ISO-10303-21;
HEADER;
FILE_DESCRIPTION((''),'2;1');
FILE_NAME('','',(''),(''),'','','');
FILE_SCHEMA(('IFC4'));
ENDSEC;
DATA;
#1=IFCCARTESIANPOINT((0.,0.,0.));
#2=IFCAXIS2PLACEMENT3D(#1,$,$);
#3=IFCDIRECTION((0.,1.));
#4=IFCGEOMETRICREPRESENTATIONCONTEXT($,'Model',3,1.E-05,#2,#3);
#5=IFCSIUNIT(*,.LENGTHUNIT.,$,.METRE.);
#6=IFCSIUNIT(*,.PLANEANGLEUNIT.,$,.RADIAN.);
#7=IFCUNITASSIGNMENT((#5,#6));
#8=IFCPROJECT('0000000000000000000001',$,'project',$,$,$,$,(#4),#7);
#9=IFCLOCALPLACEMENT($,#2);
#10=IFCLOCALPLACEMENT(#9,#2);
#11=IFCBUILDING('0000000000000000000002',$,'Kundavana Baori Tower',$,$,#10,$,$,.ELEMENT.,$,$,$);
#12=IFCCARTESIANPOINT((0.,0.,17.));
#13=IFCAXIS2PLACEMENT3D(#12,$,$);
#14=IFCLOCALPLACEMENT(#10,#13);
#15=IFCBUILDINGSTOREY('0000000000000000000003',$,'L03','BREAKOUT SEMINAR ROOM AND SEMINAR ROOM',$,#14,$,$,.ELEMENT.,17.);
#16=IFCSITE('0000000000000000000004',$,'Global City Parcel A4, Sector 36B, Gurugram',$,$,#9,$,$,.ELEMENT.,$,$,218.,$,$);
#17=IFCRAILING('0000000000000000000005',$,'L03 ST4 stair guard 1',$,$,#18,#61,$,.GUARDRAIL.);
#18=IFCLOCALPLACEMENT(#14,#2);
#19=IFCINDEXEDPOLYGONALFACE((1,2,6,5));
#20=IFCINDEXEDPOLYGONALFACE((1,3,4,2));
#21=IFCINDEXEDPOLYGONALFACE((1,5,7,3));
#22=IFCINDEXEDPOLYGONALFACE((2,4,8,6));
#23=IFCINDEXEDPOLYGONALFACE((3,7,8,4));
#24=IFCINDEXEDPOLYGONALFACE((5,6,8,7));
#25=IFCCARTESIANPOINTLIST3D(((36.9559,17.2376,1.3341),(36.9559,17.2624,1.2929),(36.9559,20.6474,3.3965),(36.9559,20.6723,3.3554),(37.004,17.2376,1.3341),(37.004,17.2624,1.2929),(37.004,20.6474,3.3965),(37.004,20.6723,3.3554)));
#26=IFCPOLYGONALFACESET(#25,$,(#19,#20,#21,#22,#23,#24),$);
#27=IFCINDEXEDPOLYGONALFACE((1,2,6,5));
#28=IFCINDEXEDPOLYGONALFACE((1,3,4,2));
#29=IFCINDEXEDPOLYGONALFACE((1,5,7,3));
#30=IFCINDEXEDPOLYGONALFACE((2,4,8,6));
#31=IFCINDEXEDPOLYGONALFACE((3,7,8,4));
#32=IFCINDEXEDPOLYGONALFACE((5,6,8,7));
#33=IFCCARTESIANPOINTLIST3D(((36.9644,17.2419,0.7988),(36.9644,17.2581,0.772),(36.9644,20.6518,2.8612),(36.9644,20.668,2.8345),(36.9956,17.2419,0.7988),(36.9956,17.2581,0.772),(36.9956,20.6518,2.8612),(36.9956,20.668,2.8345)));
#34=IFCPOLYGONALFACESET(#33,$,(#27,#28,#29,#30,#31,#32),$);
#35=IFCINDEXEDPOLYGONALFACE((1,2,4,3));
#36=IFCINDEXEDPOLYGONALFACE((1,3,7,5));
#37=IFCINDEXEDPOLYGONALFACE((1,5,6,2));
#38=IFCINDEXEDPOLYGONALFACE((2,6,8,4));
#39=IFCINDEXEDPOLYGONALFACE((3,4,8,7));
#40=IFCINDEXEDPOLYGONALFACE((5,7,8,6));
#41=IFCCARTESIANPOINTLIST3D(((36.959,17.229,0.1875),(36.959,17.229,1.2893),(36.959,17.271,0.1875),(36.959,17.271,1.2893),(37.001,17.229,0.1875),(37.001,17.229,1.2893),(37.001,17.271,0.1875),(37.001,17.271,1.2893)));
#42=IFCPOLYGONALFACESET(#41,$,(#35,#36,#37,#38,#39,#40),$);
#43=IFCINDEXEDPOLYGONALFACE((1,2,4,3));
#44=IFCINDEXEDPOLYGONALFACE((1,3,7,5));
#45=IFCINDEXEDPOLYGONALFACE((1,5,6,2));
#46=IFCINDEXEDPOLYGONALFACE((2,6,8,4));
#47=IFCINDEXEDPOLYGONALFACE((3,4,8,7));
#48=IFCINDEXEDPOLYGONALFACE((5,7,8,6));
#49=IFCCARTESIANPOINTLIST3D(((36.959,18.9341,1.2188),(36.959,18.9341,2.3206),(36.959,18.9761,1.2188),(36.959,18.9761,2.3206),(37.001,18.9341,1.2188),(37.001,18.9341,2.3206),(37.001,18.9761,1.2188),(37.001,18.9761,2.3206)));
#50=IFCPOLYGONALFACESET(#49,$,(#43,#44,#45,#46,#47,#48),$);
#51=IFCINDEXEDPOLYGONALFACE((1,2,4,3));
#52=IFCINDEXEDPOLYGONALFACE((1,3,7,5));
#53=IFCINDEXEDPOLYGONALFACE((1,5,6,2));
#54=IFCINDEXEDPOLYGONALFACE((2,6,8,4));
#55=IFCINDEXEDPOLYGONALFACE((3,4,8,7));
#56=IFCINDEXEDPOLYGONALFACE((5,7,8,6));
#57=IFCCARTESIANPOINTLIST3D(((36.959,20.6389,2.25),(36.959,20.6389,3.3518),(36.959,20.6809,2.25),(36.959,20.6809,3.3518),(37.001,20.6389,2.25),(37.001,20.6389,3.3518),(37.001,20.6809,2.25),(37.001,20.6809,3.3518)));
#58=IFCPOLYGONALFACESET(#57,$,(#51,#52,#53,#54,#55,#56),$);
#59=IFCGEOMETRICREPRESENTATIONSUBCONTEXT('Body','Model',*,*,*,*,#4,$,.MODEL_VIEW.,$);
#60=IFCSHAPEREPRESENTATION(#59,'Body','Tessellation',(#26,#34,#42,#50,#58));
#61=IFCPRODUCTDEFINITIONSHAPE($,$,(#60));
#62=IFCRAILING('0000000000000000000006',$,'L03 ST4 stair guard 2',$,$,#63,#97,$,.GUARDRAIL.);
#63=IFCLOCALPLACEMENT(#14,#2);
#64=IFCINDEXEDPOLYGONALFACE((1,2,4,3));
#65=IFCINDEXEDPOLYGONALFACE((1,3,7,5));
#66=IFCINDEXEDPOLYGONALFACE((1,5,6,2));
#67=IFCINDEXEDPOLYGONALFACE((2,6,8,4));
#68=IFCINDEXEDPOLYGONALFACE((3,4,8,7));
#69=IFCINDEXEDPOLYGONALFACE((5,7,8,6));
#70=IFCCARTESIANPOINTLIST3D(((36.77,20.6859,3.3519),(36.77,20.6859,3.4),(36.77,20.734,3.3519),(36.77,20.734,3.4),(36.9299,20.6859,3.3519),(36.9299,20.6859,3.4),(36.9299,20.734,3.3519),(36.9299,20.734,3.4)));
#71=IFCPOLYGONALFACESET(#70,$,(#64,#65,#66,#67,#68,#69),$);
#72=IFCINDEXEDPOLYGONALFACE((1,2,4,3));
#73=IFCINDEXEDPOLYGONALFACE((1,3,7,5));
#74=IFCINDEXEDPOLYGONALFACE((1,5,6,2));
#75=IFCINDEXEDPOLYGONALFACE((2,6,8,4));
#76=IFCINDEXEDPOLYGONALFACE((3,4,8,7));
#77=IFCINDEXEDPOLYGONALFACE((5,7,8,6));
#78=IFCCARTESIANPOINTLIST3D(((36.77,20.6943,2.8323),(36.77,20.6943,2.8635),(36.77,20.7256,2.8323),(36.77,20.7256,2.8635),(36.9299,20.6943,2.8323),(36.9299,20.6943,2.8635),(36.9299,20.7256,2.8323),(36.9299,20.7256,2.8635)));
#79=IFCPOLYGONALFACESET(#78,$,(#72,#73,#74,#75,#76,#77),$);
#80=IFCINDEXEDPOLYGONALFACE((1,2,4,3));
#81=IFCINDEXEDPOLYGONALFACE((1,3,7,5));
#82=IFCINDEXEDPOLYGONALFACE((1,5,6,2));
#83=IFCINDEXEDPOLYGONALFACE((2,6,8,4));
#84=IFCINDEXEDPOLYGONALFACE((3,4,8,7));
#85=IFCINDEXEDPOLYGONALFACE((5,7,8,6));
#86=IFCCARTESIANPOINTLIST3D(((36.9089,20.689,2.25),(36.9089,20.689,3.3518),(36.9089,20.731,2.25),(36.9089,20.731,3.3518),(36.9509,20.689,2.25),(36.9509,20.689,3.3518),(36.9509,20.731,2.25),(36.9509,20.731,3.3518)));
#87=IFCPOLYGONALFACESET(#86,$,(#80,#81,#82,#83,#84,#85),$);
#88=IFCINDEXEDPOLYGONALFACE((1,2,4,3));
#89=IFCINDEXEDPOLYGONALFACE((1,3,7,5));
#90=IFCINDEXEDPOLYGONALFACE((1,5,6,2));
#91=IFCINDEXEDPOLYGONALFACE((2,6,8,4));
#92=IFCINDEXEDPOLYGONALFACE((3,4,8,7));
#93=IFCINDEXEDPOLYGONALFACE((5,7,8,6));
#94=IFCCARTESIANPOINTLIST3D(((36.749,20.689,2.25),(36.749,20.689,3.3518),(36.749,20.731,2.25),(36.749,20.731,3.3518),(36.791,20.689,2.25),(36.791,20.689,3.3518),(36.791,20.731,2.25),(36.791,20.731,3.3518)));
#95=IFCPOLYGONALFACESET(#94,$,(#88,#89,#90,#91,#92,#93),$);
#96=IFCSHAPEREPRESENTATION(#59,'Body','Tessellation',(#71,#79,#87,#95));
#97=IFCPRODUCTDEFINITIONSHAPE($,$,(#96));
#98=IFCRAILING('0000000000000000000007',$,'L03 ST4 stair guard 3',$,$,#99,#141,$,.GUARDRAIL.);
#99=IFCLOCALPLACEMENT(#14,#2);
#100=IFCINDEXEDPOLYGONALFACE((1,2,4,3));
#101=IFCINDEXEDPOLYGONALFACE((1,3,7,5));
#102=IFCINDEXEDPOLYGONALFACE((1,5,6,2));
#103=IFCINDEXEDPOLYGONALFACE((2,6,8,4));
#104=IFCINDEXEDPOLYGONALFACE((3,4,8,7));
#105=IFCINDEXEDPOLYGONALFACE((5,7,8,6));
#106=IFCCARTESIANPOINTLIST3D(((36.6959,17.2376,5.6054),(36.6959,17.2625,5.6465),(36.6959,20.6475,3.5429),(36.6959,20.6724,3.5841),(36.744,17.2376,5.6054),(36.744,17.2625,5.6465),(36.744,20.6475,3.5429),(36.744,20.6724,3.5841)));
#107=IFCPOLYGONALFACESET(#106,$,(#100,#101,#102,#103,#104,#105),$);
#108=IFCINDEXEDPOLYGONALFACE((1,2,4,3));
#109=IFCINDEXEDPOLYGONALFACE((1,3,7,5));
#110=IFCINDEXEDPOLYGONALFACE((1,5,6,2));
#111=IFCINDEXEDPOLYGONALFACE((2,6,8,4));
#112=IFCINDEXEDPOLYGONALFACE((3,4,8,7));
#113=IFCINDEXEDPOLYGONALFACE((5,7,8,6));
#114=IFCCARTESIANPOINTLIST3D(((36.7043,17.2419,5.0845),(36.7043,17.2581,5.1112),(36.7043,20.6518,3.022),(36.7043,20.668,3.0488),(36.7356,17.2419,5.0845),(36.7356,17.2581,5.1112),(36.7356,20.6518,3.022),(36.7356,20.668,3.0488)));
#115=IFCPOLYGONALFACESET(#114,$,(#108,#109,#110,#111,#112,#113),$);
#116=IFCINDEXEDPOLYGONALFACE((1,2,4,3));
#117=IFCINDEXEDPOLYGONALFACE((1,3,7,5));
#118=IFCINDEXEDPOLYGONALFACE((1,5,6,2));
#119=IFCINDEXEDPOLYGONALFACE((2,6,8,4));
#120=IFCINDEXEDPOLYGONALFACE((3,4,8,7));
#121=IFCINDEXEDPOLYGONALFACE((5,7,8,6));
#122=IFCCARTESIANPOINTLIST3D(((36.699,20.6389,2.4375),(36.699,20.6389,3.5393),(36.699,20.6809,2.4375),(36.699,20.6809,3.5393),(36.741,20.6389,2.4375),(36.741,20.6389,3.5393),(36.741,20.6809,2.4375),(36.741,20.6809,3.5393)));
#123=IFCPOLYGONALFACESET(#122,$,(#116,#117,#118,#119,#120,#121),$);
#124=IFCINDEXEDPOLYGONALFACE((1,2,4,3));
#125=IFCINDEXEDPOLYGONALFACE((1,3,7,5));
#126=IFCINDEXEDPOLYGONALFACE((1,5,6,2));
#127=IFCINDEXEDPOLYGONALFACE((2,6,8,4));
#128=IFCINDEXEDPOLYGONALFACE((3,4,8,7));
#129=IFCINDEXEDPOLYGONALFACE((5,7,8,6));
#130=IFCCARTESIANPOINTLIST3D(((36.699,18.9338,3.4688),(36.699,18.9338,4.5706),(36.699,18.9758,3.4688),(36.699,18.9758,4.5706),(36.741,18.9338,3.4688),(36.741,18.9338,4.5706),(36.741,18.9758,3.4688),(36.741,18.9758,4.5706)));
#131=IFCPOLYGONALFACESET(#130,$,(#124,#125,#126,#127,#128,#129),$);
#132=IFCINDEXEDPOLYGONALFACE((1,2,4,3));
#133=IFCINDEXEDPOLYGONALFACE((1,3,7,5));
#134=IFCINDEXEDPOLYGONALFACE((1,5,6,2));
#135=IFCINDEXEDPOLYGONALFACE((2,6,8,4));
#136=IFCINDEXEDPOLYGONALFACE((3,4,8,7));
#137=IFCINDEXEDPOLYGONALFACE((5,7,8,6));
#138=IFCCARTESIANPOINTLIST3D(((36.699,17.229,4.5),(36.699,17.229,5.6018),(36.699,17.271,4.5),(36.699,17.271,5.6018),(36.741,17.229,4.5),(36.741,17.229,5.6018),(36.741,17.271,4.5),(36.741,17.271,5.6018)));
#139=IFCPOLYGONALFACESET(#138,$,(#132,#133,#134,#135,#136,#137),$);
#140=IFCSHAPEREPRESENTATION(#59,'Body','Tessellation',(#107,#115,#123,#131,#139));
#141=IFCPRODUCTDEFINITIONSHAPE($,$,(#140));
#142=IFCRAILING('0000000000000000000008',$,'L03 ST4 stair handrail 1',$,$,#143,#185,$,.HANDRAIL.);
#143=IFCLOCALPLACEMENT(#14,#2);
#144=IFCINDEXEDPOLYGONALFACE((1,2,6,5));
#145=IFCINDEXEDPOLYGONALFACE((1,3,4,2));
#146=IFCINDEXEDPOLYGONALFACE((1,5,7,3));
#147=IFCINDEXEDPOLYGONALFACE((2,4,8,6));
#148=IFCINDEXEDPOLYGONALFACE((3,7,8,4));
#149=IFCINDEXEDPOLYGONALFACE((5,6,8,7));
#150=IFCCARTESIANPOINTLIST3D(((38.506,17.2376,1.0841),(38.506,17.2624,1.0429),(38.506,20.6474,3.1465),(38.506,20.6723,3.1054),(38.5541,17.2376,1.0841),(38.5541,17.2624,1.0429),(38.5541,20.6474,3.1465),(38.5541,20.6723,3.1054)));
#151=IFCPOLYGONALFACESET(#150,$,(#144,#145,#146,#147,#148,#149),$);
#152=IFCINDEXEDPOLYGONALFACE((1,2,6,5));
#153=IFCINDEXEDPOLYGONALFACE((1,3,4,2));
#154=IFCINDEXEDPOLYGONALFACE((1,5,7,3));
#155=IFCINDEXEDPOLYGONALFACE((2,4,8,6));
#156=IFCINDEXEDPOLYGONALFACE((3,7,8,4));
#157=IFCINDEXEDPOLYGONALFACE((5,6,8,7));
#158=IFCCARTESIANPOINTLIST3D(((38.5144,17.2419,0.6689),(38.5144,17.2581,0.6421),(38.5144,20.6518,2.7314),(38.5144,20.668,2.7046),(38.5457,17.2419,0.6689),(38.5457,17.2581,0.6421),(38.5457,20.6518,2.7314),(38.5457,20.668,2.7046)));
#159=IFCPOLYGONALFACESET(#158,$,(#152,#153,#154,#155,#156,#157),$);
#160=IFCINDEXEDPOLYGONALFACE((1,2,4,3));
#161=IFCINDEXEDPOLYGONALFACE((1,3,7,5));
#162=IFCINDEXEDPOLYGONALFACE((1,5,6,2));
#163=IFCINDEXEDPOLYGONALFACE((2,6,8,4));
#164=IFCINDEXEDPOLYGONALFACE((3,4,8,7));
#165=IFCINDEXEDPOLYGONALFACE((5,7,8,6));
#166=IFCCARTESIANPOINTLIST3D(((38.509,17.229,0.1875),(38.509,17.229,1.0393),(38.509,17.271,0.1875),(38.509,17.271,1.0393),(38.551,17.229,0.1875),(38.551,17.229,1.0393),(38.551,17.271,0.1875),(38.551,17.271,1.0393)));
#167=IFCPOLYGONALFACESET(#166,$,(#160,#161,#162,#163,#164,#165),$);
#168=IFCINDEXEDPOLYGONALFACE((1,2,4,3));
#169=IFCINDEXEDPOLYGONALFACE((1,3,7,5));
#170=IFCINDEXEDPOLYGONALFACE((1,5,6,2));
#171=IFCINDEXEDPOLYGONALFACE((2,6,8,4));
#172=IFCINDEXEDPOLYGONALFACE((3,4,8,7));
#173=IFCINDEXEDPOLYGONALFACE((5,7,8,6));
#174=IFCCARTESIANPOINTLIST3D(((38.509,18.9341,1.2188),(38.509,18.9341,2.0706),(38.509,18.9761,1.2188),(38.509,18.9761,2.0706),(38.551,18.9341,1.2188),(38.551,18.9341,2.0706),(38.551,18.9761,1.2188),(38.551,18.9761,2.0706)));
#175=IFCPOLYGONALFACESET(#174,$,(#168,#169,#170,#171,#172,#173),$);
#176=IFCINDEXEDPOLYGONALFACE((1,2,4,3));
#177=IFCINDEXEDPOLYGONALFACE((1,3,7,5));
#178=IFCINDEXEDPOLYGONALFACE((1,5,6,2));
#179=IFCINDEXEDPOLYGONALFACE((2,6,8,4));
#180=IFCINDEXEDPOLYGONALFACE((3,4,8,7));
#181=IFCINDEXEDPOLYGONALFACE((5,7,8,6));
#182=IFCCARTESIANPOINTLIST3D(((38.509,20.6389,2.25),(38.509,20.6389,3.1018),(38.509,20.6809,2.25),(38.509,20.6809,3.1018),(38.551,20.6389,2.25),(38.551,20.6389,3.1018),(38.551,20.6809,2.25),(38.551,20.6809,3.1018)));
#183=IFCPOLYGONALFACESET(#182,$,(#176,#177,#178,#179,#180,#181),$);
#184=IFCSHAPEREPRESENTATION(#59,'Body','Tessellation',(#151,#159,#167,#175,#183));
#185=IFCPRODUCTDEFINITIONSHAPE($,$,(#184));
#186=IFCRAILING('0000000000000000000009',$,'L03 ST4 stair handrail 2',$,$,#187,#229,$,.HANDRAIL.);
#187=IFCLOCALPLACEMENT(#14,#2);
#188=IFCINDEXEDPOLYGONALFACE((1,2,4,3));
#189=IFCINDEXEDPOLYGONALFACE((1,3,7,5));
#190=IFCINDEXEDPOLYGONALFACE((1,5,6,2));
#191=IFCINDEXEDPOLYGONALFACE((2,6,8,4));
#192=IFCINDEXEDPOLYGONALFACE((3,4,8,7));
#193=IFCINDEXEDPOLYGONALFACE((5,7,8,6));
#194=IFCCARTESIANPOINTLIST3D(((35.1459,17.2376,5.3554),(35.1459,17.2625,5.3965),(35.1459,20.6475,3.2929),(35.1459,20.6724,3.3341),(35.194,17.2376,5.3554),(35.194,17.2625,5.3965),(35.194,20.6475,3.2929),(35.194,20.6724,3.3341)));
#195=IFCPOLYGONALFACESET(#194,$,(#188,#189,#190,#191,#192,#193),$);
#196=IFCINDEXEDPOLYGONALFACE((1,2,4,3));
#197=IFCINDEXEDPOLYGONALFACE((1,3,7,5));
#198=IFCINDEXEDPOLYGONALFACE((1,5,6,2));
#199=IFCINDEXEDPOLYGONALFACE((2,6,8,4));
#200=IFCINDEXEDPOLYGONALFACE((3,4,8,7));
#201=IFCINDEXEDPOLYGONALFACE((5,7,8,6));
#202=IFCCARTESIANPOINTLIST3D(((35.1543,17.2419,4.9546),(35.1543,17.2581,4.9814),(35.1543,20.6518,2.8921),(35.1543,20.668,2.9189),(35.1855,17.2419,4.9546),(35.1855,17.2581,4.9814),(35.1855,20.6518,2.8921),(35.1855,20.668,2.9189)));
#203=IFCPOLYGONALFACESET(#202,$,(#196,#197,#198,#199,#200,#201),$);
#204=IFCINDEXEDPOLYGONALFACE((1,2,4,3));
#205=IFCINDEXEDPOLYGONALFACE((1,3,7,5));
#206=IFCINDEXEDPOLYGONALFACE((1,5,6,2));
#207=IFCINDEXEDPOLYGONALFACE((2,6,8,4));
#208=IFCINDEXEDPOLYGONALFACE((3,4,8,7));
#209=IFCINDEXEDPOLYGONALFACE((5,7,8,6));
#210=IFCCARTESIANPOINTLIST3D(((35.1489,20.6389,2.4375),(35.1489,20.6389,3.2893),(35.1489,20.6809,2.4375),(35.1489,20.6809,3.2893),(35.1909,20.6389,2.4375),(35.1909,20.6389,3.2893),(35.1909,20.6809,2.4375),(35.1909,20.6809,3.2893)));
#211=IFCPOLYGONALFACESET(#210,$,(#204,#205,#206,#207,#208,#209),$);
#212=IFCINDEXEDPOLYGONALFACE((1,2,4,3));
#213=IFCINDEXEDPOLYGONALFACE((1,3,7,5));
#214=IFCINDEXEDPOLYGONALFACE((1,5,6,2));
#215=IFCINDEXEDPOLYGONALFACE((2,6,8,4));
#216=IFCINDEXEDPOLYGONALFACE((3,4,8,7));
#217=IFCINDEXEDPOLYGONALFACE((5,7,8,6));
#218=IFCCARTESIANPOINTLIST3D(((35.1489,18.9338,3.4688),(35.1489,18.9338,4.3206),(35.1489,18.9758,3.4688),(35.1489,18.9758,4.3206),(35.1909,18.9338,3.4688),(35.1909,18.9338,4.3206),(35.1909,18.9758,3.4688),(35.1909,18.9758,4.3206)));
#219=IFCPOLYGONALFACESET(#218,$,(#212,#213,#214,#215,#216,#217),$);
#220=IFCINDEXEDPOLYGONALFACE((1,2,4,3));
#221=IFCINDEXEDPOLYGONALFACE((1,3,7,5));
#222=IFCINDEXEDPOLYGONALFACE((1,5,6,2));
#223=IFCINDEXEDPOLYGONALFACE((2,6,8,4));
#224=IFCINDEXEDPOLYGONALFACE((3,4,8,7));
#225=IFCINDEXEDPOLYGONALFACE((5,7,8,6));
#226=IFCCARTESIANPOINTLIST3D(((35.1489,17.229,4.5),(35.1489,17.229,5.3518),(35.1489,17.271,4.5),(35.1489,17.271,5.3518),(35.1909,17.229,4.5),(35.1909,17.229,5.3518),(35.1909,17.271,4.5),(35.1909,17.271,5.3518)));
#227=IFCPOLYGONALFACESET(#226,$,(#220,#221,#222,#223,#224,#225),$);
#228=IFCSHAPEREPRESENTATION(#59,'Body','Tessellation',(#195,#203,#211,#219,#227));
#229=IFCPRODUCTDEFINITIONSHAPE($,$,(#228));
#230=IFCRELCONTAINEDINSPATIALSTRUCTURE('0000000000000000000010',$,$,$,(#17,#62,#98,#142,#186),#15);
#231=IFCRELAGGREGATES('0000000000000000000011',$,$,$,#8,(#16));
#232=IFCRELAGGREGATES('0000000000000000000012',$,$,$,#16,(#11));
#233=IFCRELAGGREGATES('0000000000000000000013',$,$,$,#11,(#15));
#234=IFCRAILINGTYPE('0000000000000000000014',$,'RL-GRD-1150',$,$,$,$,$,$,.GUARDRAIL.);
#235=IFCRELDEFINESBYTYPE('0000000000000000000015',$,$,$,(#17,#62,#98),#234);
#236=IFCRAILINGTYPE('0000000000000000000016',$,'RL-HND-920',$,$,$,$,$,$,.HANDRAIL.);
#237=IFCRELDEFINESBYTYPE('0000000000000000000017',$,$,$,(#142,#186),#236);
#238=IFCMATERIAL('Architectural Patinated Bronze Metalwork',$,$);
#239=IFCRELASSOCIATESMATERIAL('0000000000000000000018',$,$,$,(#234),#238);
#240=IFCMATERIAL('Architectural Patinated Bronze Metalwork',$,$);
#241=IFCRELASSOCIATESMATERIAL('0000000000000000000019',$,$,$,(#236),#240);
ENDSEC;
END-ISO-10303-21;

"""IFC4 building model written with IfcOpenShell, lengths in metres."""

from ifc_helpers import new_model, si_unit, direction, frame, origin, origin_2d, place, context, subcontext, project, spatial, rectangle, extrude, material, type_object, element, save


model = new_model("IFC4")

# Units and contexts
model_context = context("Model", 3, precision=1e-05, world=origin(), true_north=direction((0.0, 1.0)))
body_context = subcontext(model_context, "Body", "Model", "MODEL_VIEW")
ifc_project = project(units=[si_unit("LENGTHUNIT", "METRE"), si_unit("PLANEANGLEUNIT", "RADIAN")], contexts=[model_context])

# Site, building, storey
site_placement = place(None, origin())
site = spatial("IfcSite", under=ifc_project, at=site_placement, Name="Global City Parcel A4, Sector 36B, Gurugram", CompositionType="ELEMENT", RefElevation=218.0)
building_placement = place(site_placement, origin())
building = spatial("IfcBuilding", under=site, at=building_placement, Name="Kundavana Baori Tower", CompositionType="ELEMENT")
storey_placement = place(building_placement, frame((0.0, 0.0, 17.0)))
storey = spatial("IfcBuildingStorey", under=building, at=storey_placement, Name="L03", Description="BREAKOUT SEMINAR ROOM AND SEMINAR ROOM", CompositionType="ELEMENT", Elevation=17.0)

# Railings
ifc_material_1 = material(Name="Architectural Patinated Bronze Metalwork")
railing_type_1 = type_object("IfcRailingType", Name="RL-GRD-1150", PredefinedType="GUARDRAIL", material=ifc_material_1)
railing_1_placement = place(storey_placement, frame((36.98, 17.25, 0.1875)))
element("IfcRailing", 1, at=railing_1_placement, inside=storey, type_object=railing_type_1, Name="L03 ST4 stair guard 1", PredefinedType="GUARDRAIL", context=body_context, shape_type="SweptSolid", body=[
    extrude(rectangle(XDim=0.0481, YDim=0.0481, at=origin_2d()), frame((0.0, 0.0, 1.126), z_axis=(0.0, 0.855655, 0.517547), x_axis=(-1.0, 0.0, 0.0)), (0.0, 0.0, 1.0), 3.9851),
    extrude(rectangle(XDim=0.0312, YDim=0.0312, at=origin_2d()), frame((0.0, 0.0, 0.5979), z_axis=(0.0, 0.855655, 0.517547), x_axis=(-1.0, 0.0, 0.0)), (0.0, 0.0, 1.0), 3.9851),
    extrude(rectangle(XDim=0.042, YDim=0.042, at=origin_2d()), origin(), (0.0, 0.0, 1.0), 1.1018),
    extrude(rectangle(XDim=0.042, YDim=0.042, at=origin_2d()), frame((0.0, 1.7051, 1.0312)), (0.0, 0.0, 1.0), 1.1018),
    extrude(rectangle(XDim=0.042, YDim=0.042, at=origin_2d()), frame((0.0, 3.4099, 2.0625)), (0.0, 0.0, 1.0), 1.1018),
])
railing_2_placement = place(storey_placement, frame((36.9299, 20.71, 2.25)))
element("IfcRailing", 2, at=railing_2_placement, inside=storey, type_object=railing_type_1, Name="L03 ST4 stair guard 2", PredefinedType="GUARDRAIL", context=body_context, shape_type="SweptSolid", body=[
    extrude(rectangle(XDim=0.0481, YDim=0.0481, at=origin_2d()), frame((0.0, 0.0, 1.126), z_axis=(-1.0, 0.0, 0.0), x_axis=(0.0, -1.0, 0.0)), (0.0, 0.0, 1.0), 0.1599),
    extrude(rectangle(XDim=0.0312, YDim=0.0312, at=origin_2d()), frame((0.0, 0.0, 0.5979), z_axis=(-1.0, 0.0, 0.0), x_axis=(0.0, -1.0, 0.0)), (0.0, 0.0, 1.0), 0.1599),
    extrude(rectangle(XDim=0.042, YDim=0.042, at=origin_2d()), origin(), (0.0, 0.0, 1.0), 1.1018),
    extrude(rectangle(XDim=0.042, YDim=0.042, at=origin_2d()), frame((-0.1599, 0.0, 0.0)), (0.0, 0.0, 1.0), 1.1018),
])
railing_3_placement = place(storey_placement, frame((36.72, 20.6599, 2.4375)))
element("IfcRailing", 3, at=railing_3_placement, inside=storey, type_object=railing_type_1, Name="L03 ST4 stair guard 3", PredefinedType="GUARDRAIL", context=body_context, shape_type="SweptSolid", body=[
    extrude(rectangle(XDim=0.0481, YDim=0.0481, at=origin_2d()), frame((0.0, 0.0, 1.126), z_axis=(0.0, -0.855655, 0.517547), x_axis=(1.0, 0.0, 0.0)), (0.0, 0.0, 1.0), 3.9851),
    extrude(rectangle(XDim=0.0312, YDim=0.0312, at=origin_2d()), frame((0.0, 0.0, 0.5979), z_axis=(0.0, -0.855655, 0.517547), x_axis=(1.0, 0.0, 0.0)), (0.0, 0.0, 1.0), 3.9851),
    extrude(rectangle(XDim=0.042, YDim=0.042, at=origin_2d()), origin(), (0.0, 0.0, 1.0), 1.1018),
    extrude(rectangle(XDim=0.042, YDim=0.042, at=origin_2d()), frame((0.0, -1.7051, 1.0312)), (0.0, 0.0, 1.0), 1.1018),
    extrude(rectangle(XDim=0.042, YDim=0.042, at=origin_2d()), frame((0.0, -3.4099, 2.0625)), (0.0, 0.0, 1.0), 1.1018),
])
ifc_material_2 = material(Name="Architectural Patinated Bronze Metalwork")
railing_type_2 = type_object("IfcRailingType", Name="RL-HND-920", PredefinedType="HANDRAIL", material=ifc_material_2)
railing_4_placement = place(storey_placement, frame((38.53, 17.25, 0.1875)))
element("IfcRailing", 4, at=railing_4_placement, inside=storey, type_object=railing_type_2, Name="L03 ST4 stair handrail 1", PredefinedType="HANDRAIL", context=body_context, shape_type="SweptSolid", body=[
    extrude(rectangle(XDim=0.0481, YDim=0.0481, at=origin_2d()), frame((0.0, 0.0, 0.876), z_axis=(0.0, 0.855655, 0.517547), x_axis=(-1.0, 0.0, 0.0)), (0.0, 0.0, 1.0), 3.9851),
    extrude(rectangle(XDim=0.0312, YDim=0.0312, at=origin_2d()), frame((0.0, 0.0, 0.468), z_axis=(0.0, 0.855655, 0.517547), x_axis=(-1.0, 0.0, 0.0)), (0.0, 0.0, 1.0), 3.9851),
    extrude(rectangle(XDim=0.042, YDim=0.042, at=origin_2d()), origin(), (0.0, 0.0, 1.0), 0.8518),
    extrude(rectangle(XDim=0.042, YDim=0.042, at=origin_2d()), frame((0.0, 1.7051, 1.0312)), (0.0, 0.0, 1.0), 0.8518),
    extrude(rectangle(XDim=0.042, YDim=0.042, at=origin_2d()), frame((0.0, 3.4099, 2.0625)), (0.0, 0.0, 1.0), 0.8518),
])
railing_5_placement = place(storey_placement, frame((35.1699, 20.6599, 2.4375)))
element("IfcRailing", 5, at=railing_5_placement, inside=storey, type_object=railing_type_2, Name="L03 ST4 stair handrail 2", PredefinedType="HANDRAIL", context=body_context, shape_type="SweptSolid", body=[
    extrude(rectangle(XDim=0.0481, YDim=0.0481, at=origin_2d()), frame((0.0, 0.0, 0.876), z_axis=(0.0, -0.855655, 0.517547), x_axis=(1.0, 0.0, 0.0)), (0.0, 0.0, 1.0), 3.9851),
    extrude(rectangle(XDim=0.0312, YDim=0.0312, at=origin_2d()), frame((0.0, 0.0, 0.468), z_axis=(0.0, -0.855655, 0.517547), x_axis=(1.0, 0.0, 0.0)), (0.0, 0.0, 1.0), 3.9851),
    extrude(rectangle(XDim=0.042, YDim=0.042, at=origin_2d()), origin(), (0.0, 0.0, 1.0), 0.8518),
    extrude(rectangle(XDim=0.042, YDim=0.042, at=origin_2d()), frame((0.0, -1.7051, 1.0312)), (0.0, 0.0, 1.0), 0.8518),
    extrude(rectangle(XDim=0.042, YDim=0.042, at=origin_2d()), frame((0.0, -3.4099, 2.0625)), (0.0, 0.0, 1.0), 0.8518),
])

save(model, "model.ifc")
